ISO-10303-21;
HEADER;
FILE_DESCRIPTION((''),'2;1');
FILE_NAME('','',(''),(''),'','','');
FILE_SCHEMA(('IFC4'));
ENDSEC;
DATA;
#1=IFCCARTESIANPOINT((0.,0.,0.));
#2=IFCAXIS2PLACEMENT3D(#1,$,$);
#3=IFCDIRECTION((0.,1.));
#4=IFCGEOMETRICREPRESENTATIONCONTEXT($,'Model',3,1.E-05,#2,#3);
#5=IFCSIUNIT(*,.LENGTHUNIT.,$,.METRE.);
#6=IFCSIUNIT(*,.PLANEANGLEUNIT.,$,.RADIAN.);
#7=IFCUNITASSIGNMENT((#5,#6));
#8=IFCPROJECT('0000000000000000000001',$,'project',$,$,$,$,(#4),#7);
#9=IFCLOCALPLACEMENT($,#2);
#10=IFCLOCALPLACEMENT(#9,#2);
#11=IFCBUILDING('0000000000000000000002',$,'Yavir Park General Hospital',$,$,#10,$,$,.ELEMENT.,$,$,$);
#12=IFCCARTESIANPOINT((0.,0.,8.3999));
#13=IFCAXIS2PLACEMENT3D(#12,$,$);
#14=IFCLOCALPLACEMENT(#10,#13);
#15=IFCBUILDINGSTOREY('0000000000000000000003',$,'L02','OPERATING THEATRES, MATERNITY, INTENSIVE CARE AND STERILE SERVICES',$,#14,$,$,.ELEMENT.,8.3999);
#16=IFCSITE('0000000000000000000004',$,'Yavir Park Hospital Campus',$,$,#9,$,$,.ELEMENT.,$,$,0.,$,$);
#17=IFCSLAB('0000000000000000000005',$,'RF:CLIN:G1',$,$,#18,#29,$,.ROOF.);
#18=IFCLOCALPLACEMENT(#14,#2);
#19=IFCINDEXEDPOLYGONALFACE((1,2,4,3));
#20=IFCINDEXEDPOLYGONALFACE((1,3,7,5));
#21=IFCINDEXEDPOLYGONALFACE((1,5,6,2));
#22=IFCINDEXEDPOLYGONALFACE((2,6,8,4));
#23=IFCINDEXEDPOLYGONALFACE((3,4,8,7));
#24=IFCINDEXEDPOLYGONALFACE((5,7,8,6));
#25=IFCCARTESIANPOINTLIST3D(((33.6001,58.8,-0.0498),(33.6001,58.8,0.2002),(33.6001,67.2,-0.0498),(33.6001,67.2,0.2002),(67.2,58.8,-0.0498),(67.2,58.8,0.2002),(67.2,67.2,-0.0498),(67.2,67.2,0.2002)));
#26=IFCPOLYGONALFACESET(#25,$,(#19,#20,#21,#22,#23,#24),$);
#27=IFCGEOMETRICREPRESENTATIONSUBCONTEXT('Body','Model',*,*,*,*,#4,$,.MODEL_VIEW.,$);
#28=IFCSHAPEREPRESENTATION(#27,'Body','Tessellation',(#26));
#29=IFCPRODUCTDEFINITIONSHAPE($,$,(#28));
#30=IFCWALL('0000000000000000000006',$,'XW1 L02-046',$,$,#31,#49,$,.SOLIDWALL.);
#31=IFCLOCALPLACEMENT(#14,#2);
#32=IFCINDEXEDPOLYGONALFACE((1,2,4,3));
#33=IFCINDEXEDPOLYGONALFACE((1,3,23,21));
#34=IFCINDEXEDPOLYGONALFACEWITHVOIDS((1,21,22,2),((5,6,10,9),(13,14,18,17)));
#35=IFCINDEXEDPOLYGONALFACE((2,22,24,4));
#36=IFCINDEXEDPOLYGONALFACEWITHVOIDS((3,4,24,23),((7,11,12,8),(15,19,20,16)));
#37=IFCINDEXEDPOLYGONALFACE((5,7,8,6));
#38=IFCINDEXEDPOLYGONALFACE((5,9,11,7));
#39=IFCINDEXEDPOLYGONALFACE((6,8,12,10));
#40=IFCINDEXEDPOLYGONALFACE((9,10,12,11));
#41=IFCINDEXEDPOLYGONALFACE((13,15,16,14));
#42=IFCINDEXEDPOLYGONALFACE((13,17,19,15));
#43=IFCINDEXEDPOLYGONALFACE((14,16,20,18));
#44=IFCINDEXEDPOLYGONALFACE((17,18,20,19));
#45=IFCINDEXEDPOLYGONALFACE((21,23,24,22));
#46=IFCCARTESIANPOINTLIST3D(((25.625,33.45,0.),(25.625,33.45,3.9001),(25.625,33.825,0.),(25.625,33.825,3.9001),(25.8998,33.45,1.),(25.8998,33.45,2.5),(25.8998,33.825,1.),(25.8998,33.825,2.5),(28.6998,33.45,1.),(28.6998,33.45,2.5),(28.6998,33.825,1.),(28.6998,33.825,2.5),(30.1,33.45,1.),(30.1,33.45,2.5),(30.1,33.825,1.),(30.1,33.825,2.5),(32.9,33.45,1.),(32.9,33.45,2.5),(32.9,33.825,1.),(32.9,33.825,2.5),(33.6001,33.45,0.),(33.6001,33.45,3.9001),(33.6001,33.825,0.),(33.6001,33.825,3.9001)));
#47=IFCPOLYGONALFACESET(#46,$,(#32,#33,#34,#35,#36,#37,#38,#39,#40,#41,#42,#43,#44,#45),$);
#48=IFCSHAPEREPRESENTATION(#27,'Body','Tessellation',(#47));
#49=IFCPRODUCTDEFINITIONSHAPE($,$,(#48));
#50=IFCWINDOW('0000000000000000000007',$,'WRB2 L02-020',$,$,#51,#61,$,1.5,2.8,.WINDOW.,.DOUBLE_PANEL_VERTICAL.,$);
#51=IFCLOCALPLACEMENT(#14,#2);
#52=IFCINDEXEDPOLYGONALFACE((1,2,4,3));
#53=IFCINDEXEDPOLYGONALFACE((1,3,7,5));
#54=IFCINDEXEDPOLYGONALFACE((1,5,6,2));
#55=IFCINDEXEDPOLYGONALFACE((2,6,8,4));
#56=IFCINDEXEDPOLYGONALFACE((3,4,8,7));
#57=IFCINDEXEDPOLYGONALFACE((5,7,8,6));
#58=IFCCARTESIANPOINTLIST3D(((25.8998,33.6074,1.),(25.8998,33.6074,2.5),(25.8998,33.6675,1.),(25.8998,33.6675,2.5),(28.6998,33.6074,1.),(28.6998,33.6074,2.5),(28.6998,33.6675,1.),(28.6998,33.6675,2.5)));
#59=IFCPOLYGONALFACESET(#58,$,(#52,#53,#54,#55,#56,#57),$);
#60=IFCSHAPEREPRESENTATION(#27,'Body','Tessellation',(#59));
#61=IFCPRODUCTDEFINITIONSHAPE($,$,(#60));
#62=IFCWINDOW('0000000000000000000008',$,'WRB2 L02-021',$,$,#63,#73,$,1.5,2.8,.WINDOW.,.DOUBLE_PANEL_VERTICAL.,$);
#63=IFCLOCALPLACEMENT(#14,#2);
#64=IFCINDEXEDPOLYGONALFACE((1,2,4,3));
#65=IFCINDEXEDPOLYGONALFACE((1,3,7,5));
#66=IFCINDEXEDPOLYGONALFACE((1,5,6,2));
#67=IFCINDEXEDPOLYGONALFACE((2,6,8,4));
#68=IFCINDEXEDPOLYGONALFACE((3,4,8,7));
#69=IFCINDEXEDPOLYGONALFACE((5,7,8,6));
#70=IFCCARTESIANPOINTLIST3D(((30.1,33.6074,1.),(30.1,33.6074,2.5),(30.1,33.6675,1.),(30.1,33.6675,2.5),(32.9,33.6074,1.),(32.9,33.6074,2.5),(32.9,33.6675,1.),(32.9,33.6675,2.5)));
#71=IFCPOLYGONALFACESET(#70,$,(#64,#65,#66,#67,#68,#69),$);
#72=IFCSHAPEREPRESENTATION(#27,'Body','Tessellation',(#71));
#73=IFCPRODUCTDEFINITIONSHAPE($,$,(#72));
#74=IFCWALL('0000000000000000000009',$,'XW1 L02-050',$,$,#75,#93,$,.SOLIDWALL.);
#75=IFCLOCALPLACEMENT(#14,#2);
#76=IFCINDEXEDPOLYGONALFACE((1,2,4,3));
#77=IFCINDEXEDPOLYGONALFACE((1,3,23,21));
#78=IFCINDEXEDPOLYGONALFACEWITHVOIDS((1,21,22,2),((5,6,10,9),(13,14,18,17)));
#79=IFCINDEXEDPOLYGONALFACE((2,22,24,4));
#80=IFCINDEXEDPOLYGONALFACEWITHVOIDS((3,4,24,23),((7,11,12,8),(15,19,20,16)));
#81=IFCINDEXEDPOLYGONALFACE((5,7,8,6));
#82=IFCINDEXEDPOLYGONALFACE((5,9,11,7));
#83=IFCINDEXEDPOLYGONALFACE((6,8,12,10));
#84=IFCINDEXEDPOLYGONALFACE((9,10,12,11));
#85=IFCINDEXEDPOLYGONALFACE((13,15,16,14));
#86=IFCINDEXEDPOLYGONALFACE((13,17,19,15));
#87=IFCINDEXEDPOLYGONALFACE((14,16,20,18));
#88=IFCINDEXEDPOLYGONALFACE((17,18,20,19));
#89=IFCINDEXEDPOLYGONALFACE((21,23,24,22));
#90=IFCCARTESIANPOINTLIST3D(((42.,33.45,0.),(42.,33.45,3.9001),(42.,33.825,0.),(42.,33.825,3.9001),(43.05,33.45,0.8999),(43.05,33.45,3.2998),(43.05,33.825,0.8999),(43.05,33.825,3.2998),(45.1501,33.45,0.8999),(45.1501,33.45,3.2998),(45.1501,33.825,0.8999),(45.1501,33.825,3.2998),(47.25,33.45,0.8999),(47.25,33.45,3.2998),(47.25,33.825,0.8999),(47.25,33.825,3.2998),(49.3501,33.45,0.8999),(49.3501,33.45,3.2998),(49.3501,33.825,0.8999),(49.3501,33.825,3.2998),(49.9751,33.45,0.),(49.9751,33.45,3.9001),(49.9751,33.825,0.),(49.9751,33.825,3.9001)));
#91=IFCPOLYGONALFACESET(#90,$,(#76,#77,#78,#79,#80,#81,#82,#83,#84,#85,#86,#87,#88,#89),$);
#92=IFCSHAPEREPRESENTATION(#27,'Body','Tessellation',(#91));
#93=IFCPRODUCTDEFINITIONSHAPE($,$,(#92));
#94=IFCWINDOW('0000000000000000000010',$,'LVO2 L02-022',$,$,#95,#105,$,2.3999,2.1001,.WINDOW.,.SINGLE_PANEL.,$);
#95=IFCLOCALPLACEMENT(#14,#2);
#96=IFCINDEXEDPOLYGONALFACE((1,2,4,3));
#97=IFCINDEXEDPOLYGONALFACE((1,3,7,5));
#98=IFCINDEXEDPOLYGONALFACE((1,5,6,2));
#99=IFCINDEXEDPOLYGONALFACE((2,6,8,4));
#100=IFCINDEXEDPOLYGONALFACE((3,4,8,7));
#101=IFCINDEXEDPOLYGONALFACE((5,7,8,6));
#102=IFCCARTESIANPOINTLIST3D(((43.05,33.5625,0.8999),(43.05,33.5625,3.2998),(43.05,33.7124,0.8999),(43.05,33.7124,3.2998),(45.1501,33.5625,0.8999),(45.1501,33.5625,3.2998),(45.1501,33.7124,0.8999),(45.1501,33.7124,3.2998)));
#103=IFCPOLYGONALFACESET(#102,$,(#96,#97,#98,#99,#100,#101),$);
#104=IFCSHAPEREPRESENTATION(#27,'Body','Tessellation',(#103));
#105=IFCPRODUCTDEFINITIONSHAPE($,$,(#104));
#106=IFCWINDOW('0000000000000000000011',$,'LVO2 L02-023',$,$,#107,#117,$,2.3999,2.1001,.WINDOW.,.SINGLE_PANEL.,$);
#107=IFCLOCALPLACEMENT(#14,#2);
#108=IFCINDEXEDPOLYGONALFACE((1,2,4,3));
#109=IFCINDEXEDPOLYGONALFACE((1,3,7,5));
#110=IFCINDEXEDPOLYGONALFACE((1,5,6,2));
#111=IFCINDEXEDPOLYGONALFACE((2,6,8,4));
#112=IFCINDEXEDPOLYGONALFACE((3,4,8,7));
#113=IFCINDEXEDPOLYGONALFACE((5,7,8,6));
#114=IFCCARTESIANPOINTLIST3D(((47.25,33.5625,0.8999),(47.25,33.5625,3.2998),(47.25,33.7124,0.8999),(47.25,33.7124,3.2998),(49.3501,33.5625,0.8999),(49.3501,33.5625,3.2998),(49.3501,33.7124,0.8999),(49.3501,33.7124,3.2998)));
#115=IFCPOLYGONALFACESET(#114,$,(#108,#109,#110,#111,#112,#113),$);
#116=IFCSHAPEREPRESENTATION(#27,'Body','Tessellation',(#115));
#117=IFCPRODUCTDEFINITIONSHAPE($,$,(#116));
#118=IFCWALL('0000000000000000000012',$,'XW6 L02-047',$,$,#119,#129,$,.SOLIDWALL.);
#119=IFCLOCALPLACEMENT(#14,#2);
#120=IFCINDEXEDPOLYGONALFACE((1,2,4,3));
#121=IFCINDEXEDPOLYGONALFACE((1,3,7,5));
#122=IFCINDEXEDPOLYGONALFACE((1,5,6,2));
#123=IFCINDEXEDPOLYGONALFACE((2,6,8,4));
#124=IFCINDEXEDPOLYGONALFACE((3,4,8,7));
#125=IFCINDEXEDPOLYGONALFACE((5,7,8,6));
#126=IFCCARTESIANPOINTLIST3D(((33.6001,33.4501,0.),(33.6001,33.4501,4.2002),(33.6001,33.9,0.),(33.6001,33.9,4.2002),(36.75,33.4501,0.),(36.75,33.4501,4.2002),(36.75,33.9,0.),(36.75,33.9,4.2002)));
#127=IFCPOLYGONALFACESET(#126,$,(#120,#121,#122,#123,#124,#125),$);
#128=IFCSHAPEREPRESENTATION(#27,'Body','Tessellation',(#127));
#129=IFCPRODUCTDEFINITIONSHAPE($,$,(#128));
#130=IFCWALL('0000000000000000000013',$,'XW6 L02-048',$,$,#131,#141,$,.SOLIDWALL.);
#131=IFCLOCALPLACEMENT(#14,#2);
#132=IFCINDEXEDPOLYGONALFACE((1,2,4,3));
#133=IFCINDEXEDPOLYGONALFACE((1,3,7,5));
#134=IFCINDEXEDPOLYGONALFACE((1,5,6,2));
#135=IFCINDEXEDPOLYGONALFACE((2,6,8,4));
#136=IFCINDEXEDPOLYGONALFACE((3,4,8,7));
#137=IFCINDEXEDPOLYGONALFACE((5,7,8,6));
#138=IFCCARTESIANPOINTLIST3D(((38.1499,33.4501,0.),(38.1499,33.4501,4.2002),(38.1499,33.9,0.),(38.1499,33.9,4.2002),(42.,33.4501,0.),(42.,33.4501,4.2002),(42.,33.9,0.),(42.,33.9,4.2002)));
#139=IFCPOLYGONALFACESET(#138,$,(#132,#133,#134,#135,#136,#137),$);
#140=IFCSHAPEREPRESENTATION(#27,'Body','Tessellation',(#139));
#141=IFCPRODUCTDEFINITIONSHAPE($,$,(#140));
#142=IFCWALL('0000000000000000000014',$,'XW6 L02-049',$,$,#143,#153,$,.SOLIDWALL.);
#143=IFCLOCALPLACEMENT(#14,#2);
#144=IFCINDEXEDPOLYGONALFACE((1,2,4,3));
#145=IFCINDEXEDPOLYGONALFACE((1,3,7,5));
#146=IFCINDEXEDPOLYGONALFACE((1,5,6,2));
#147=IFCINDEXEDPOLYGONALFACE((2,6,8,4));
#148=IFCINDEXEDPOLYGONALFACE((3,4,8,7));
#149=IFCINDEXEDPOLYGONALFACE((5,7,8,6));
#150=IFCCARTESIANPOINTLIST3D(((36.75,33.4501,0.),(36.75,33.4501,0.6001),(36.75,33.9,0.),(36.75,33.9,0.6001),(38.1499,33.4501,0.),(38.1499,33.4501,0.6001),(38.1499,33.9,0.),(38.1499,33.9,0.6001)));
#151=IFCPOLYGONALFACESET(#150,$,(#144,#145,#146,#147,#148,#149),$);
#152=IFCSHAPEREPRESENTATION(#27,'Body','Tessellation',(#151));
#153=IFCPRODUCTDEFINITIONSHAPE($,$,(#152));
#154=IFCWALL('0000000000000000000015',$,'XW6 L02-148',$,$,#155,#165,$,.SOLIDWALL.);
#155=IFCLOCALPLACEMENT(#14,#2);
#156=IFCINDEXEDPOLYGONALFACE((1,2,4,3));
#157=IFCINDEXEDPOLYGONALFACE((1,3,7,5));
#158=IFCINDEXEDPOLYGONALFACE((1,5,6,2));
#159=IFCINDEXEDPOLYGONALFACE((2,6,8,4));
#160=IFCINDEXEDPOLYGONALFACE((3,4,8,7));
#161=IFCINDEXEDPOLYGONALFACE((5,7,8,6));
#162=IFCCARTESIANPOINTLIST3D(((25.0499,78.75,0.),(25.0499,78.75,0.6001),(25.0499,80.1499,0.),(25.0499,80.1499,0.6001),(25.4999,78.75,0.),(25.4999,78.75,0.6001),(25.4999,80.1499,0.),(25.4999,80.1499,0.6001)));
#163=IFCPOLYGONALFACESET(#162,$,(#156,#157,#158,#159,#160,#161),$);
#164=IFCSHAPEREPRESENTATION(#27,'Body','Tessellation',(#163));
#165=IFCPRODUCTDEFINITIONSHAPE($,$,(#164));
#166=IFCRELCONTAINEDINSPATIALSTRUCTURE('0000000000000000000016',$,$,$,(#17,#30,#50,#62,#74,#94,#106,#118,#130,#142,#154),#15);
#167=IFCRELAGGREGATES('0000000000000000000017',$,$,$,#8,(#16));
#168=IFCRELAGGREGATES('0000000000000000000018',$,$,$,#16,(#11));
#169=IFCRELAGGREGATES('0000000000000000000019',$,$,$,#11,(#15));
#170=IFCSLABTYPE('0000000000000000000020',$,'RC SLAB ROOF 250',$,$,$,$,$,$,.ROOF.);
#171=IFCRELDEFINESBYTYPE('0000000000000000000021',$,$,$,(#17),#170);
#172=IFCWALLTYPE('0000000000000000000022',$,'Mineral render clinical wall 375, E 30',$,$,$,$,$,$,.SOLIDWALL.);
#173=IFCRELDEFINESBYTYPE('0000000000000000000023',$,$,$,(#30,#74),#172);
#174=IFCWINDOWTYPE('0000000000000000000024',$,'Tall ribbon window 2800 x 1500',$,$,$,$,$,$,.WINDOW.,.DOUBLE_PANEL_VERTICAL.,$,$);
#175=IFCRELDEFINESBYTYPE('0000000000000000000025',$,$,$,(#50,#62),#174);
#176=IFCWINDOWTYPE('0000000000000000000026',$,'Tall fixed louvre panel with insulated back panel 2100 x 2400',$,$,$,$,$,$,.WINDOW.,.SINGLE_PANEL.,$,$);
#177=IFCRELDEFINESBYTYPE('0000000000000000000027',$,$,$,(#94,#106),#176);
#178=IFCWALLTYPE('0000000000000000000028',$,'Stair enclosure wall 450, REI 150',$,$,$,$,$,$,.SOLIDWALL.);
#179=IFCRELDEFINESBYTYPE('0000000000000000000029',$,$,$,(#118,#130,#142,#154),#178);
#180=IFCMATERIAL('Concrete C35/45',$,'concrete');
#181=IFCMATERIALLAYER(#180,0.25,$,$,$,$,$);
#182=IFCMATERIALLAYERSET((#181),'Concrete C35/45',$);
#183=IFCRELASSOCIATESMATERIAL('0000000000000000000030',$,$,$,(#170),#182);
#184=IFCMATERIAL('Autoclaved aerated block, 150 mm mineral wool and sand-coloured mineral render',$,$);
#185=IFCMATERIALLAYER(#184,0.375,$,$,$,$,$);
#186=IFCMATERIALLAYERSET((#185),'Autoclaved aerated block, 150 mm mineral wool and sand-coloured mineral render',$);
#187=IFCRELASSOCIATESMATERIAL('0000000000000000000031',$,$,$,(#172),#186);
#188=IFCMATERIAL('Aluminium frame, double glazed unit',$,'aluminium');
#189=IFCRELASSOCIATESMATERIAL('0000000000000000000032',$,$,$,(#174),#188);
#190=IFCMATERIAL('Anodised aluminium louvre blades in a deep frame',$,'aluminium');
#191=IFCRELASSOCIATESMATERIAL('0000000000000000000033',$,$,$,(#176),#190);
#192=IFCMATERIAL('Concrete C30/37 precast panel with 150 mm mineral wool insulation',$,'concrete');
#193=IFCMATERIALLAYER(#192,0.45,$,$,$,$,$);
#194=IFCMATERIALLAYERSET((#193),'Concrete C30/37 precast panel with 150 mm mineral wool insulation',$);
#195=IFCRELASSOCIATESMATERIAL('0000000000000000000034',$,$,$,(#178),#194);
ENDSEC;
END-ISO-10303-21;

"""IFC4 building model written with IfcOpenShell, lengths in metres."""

from ifc_helpers import new_model, si_unit, direction, frame, frame_2d, origin, place, context, subcontext, project, spatial, polyline, rectangle, outline, extrude, material, layer, layer_set, type_object, element, fill, save


model = new_model("IFC4")

# Units and contexts
model_context = context("Model", 3, precision=1e-05, world=origin(), true_north=direction((0.0, 1.0)))
body_context = subcontext(model_context, "Body", "Model", "MODEL_VIEW")
ifc_project = project(units=[si_unit("LENGTHUNIT", "METRE"), si_unit("PLANEANGLEUNIT", "RADIAN")], contexts=[model_context])

# Site, building, storey
site_placement = place(None, origin())
site = spatial("IfcSite", under=ifc_project, at=site_placement, Name="Yavir Park Hospital Campus", CompositionType="ELEMENT", RefElevation=0.0)
building_placement = place(site_placement, origin())
building = spatial("IfcBuilding", under=site, at=building_placement, Name="Yavir Park General Hospital", CompositionType="ELEMENT")
storey_placement = place(building_placement, frame((0.0, 0.0, 8.3999)))
storey = spatial("IfcBuildingStorey", under=building, at=storey_placement, Name="L02", Description="OPERATING THEATRES, MATERNITY, INTENSIVE CARE AND STERILE SERVICES", CompositionType="ELEMENT", Elevation=8.3999)

# Slab
ifc_material_1 = material(Name="Concrete C35/45", Category="concrete")
ifc_layer_1 = layer(ifc_material_1, 0.25)
ifc_layer_set_1 = layer_set([ifc_layer_1], Name="Concrete C35/45")
slab_type = type_object("IfcSlabType", Name="RC SLAB ROOF 250", PredefinedType="ROOF", material=ifc_layer_set_1)
slab_placement = place(storey_placement, frame((33.6001, 58.8, 0.2002), z_axis=(0.0, 0.0, 1.0), x_axis=(1.0, 0.0, 0.0)))
element("IfcSlab", 1, at=slab_placement, inside=storey, type_object=slab_type, Name="RF:CLIN:G1", PredefinedType="ROOF", context=body_context, shape_type="SweptSolid", body=[
    extrude(outline(polyline([(0.0, 0.0), (33.5999, 0.0), (33.5999, 8.3999), (0.0, 8.3999), (0.0, 0.0)])), origin(), (0.0, 0.0, -1.0), 0.25),
])

# Walls, openings, windows
ifc_material_2 = material(Name="Autoclaved aerated block, 150 mm mineral wool and sand-coloured mineral render")
ifc_layer_2 = layer(ifc_material_2, 0.375)
ifc_layer_set_2 = layer_set([ifc_layer_2], Name="Autoclaved aerated block, 150 mm mineral wool and sand-coloured mineral render")
wall_type_1 = type_object("IfcWallType", Name="Mineral render clinical wall 375, E 30", PredefinedType="SOLIDWALL", material=ifc_layer_set_2)
wall_1_placement = place(storey_placement, frame((25.625, 33.6375, 0.0), z_axis=(0.0, 0.0, 1.0), x_axis=(1.0, 0.0, 0.0)))
wall_1 = element("IfcWall", 2, at=wall_1_placement, inside=storey, type_object=wall_type_1, Name="XW1 L02-046", PredefinedType="SOLIDWALL", context=body_context, shape_type="SweptSolid", body=[
    extrude(rectangle(XDim=7.9751, YDim=0.375, at=frame_2d((3.9875, 0.0))), origin(), (0.0, 0.0, 1.0), 3.9001),
])
opening_1_placement = place(wall_1_placement, frame((0.2749, 0.0, 1.0)))
opening_1 = element("IfcOpeningElement", 3, at=opening_1_placement, cuts=wall_1, PredefinedType="OPENING", context=body_context, shape_type="SweptSolid", body=[
    extrude(rectangle(XDim=2.8, YDim=1.5, at=frame_2d((1.3999, 0.75))), frame((0.0, 0.1975, 0.0), z_axis=(0.0, -1.0, 0.0), x_axis=(1.0, 0.0, 0.0)), (0.0, 0.0, 1.0), 0.395),
])
opening_2_placement = place(wall_1_placement, frame((4.4751, 0.0, 1.0)))
opening_2 = element("IfcOpeningElement", 4, at=opening_2_placement, cuts=wall_1, PredefinedType="OPENING", context=body_context, shape_type="SweptSolid", body=[
    extrude(rectangle(XDim=2.8, YDim=1.5, at=frame_2d((1.3999, 0.75))), frame((0.0, 0.1975, 0.0), z_axis=(0.0, -1.0, 0.0), x_axis=(1.0, 0.0, 0.0)), (0.0, 0.0, 1.0), 0.395),
])
ifc_material_3 = material(Name="Aluminium frame, double glazed unit", Category="aluminium")
window_type_1 = type_object("IfcWindowType", Name="Tall ribbon window 2800 x 1500", PartitioningType="DOUBLE_PANEL_VERTICAL", PredefinedType="WINDOW", material=ifc_material_3)
window_1_placement = place(opening_1_placement, origin())
window_1 = element("IfcWindow", 5, at=window_1_placement, inside=storey, type_object=window_type_1, Name="WRB2 L02-020", OverallHeight=1.5, OverallWidth=2.8, PartitioningType="DOUBLE_PANEL_VERTICAL", PredefinedType="WINDOW", context=body_context, shape_type="SweptSolid", body=[
    extrude(rectangle(XDim=2.8, YDim=1.5, at=frame_2d((1.3999, 0.75))), frame((0.0, 0.03, 0.0), z_axis=(0.0, -1.0, 0.0), x_axis=(1.0, 0.0, 0.0)), (0.0, 0.0, 1.0), 0.0601),
])
fill(opening_1, window_1)
window_2_placement = place(opening_2_placement, origin())
window_2 = element("IfcWindow", 6, at=window_2_placement, inside=storey, type_object=window_type_1, Name="WRB2 L02-021", OverallHeight=1.5, OverallWidth=2.8, PartitioningType="DOUBLE_PANEL_VERTICAL", PredefinedType="WINDOW", context=body_context, shape_type="SweptSolid", body=[
    extrude(rectangle(XDim=2.8, YDim=1.5, at=frame_2d((1.3999, 0.75))), frame((0.0, 0.03, 0.0), z_axis=(0.0, -1.0, 0.0), x_axis=(1.0, 0.0, 0.0)), (0.0, 0.0, 1.0), 0.0601),
])
fill(opening_2, window_2)
wall_2_placement = place(storey_placement, frame((42.0, 33.6375, 0.0), z_axis=(0.0, 0.0, 1.0), x_axis=(1.0, 0.0, 0.0)))
wall_2 = element("IfcWall", 7, at=wall_2_placement, inside=storey, type_object=wall_type_1, Name="XW1 L02-050", PredefinedType="SOLIDWALL", context=body_context, shape_type="SweptSolid", body=[
    extrude(rectangle(XDim=7.9751, YDim=0.375, at=frame_2d((3.9875, 0.0))), origin(), (0.0, 0.0, 1.0), 3.9001),
])
opening_3_placement = place(wall_2_placement, frame((1.05, 0.0, 0.8999)))
opening_3 = element("IfcOpeningElement", 8, at=opening_3_placement, cuts=wall_2, PredefinedType="OPENING", context=body_context, shape_type="SweptSolid", body=[
    extrude(rectangle(XDim=2.1001, YDim=2.3999, at=frame_2d((1.05, 1.2))), frame((0.0, 0.1975, 0.0), z_axis=(0.0, -1.0, 0.0), x_axis=(1.0, 0.0, 0.0)), (0.0, 0.0, 1.0), 0.395),
])
opening_4_placement = place(wall_2_placement, frame((5.25, 0.0, 0.8999)))
opening_4 = element("IfcOpeningElement", 9, at=opening_4_placement, cuts=wall_2, PredefinedType="OPENING", context=body_context, shape_type="SweptSolid", body=[
    extrude(rectangle(XDim=2.1001, YDim=2.3999, at=frame_2d((1.05, 1.2))), frame((0.0, 0.1975, 0.0), z_axis=(0.0, -1.0, 0.0), x_axis=(1.0, 0.0, 0.0)), (0.0, 0.0, 1.0), 0.395),
])
ifc_material_4 = material(Name="Anodised aluminium louvre blades in a deep frame", Category="aluminium")
window_type_2 = type_object("IfcWindowType", Name="Tall fixed louvre panel with insulated back panel 2100 x 2400", PartitioningType="SINGLE_PANEL", PredefinedType="WINDOW", material=ifc_material_4)
window_3_placement = place(opening_3_placement, origin())
window_3 = element("IfcWindow", 10, at=window_3_placement, inside=storey, type_object=window_type_2, Name="LVO2 L02-022", OverallHeight=2.3999, OverallWidth=2.1001, PartitioningType="SINGLE_PANEL", PredefinedType="WINDOW", context=body_context, shape_type="SweptSolid", body=[
    extrude(rectangle(XDim=2.1001, YDim=2.3999, at=frame_2d((1.05, 1.2))), frame((0.0, 0.075, 0.0), z_axis=(0.0, -1.0, 0.0), x_axis=(1.0, 0.0, 0.0)), (0.0, 0.0, 1.0), 0.1499),
])
fill(opening_3, window_3)
window_4_placement = place(opening_4_placement, origin())
window_4 = element("IfcWindow", 11, at=window_4_placement, inside=storey, type_object=window_type_2, Name="LVO2 L02-023", OverallHeight=2.3999, OverallWidth=2.1001, PartitioningType="SINGLE_PANEL", PredefinedType="WINDOW", context=body_context, shape_type="SweptSolid", body=[
    extrude(rectangle(XDim=2.1001, YDim=2.3999, at=frame_2d((1.05, 1.2))), frame((0.0, 0.075, 0.0), z_axis=(0.0, -1.0, 0.0), x_axis=(1.0, 0.0, 0.0)), (0.0, 0.0, 1.0), 0.1499),
])
fill(opening_4, window_4)

# Walls
ifc_material_5 = material(Name="Concrete C30/37 precast panel with 150 mm mineral wool insulation", Category="concrete")
ifc_layer_3 = layer(ifc_material_5, 0.45)
ifc_layer_set_3 = layer_set([ifc_layer_3], Name="Concrete C30/37 precast panel with 150 mm mineral wool insulation")
wall_type_2 = type_object("IfcWallType", Name="Stair enclosure wall 450, REI 150", PredefinedType="SOLIDWALL", material=ifc_layer_set_3)
wall_3_placement = place(storey_placement, frame((33.6001, 33.675, 0.0), z_axis=(0.0, 0.0, 1.0), x_axis=(1.0, 0.0, 0.0)))
element("IfcWall", 12, at=wall_3_placement, inside=storey, type_object=wall_type_2, Name="XW6 L02-047", PredefinedType="SOLIDWALL", context=body_context, shape_type="SweptSolid", body=[
    extrude(rectangle(XDim=3.1499, YDim=0.45, at=frame_2d((1.575, 0.0))), origin(), (0.0, 0.0, 1.0), 4.2002),
])
wall_4_placement = place(storey_placement, frame((38.1499, 33.675, 0.0), z_axis=(0.0, 0.0, 1.0), x_axis=(1.0, 0.0, 0.0)))
element("IfcWall", 13, at=wall_4_placement, inside=storey, type_object=wall_type_2, Name="XW6 L02-048", PredefinedType="SOLIDWALL", context=body_context, shape_type="SweptSolid", body=[
    extrude(rectangle(XDim=3.8501, YDim=0.45, at=frame_2d((1.925, 0.0))), origin(), (0.0, 0.0, 1.0), 4.2002),
])
for number, where, z_axis, x_axis, name in (
    (14, (36.75, 33.675, 0.0), (0.0, 0.0, 1.0), (1.0, 0.0, 0.0), "XW6 L02-049"),
    (15, (25.2749, 78.75, 0.0), (0.0, 0.0, 1.0), (0.0, 1.0, 0.0), "XW6 L02-148"),
):
    element("IfcWall", number, at=place(storey_placement, frame(where, z_axis=z_axis, x_axis=x_axis)), inside=storey, type_object=wall_type_2, Name=name, PredefinedType="SOLIDWALL", context=body_context, shape_type="SweptSolid", body=[
        extrude(rectangle(XDim=1.3999, YDim=0.45, at=frame_2d((0.7, 0.0))), origin(), (0.0, 0.0, 1.0), 0.6001),
    ])

save(model, "model.ifc")
